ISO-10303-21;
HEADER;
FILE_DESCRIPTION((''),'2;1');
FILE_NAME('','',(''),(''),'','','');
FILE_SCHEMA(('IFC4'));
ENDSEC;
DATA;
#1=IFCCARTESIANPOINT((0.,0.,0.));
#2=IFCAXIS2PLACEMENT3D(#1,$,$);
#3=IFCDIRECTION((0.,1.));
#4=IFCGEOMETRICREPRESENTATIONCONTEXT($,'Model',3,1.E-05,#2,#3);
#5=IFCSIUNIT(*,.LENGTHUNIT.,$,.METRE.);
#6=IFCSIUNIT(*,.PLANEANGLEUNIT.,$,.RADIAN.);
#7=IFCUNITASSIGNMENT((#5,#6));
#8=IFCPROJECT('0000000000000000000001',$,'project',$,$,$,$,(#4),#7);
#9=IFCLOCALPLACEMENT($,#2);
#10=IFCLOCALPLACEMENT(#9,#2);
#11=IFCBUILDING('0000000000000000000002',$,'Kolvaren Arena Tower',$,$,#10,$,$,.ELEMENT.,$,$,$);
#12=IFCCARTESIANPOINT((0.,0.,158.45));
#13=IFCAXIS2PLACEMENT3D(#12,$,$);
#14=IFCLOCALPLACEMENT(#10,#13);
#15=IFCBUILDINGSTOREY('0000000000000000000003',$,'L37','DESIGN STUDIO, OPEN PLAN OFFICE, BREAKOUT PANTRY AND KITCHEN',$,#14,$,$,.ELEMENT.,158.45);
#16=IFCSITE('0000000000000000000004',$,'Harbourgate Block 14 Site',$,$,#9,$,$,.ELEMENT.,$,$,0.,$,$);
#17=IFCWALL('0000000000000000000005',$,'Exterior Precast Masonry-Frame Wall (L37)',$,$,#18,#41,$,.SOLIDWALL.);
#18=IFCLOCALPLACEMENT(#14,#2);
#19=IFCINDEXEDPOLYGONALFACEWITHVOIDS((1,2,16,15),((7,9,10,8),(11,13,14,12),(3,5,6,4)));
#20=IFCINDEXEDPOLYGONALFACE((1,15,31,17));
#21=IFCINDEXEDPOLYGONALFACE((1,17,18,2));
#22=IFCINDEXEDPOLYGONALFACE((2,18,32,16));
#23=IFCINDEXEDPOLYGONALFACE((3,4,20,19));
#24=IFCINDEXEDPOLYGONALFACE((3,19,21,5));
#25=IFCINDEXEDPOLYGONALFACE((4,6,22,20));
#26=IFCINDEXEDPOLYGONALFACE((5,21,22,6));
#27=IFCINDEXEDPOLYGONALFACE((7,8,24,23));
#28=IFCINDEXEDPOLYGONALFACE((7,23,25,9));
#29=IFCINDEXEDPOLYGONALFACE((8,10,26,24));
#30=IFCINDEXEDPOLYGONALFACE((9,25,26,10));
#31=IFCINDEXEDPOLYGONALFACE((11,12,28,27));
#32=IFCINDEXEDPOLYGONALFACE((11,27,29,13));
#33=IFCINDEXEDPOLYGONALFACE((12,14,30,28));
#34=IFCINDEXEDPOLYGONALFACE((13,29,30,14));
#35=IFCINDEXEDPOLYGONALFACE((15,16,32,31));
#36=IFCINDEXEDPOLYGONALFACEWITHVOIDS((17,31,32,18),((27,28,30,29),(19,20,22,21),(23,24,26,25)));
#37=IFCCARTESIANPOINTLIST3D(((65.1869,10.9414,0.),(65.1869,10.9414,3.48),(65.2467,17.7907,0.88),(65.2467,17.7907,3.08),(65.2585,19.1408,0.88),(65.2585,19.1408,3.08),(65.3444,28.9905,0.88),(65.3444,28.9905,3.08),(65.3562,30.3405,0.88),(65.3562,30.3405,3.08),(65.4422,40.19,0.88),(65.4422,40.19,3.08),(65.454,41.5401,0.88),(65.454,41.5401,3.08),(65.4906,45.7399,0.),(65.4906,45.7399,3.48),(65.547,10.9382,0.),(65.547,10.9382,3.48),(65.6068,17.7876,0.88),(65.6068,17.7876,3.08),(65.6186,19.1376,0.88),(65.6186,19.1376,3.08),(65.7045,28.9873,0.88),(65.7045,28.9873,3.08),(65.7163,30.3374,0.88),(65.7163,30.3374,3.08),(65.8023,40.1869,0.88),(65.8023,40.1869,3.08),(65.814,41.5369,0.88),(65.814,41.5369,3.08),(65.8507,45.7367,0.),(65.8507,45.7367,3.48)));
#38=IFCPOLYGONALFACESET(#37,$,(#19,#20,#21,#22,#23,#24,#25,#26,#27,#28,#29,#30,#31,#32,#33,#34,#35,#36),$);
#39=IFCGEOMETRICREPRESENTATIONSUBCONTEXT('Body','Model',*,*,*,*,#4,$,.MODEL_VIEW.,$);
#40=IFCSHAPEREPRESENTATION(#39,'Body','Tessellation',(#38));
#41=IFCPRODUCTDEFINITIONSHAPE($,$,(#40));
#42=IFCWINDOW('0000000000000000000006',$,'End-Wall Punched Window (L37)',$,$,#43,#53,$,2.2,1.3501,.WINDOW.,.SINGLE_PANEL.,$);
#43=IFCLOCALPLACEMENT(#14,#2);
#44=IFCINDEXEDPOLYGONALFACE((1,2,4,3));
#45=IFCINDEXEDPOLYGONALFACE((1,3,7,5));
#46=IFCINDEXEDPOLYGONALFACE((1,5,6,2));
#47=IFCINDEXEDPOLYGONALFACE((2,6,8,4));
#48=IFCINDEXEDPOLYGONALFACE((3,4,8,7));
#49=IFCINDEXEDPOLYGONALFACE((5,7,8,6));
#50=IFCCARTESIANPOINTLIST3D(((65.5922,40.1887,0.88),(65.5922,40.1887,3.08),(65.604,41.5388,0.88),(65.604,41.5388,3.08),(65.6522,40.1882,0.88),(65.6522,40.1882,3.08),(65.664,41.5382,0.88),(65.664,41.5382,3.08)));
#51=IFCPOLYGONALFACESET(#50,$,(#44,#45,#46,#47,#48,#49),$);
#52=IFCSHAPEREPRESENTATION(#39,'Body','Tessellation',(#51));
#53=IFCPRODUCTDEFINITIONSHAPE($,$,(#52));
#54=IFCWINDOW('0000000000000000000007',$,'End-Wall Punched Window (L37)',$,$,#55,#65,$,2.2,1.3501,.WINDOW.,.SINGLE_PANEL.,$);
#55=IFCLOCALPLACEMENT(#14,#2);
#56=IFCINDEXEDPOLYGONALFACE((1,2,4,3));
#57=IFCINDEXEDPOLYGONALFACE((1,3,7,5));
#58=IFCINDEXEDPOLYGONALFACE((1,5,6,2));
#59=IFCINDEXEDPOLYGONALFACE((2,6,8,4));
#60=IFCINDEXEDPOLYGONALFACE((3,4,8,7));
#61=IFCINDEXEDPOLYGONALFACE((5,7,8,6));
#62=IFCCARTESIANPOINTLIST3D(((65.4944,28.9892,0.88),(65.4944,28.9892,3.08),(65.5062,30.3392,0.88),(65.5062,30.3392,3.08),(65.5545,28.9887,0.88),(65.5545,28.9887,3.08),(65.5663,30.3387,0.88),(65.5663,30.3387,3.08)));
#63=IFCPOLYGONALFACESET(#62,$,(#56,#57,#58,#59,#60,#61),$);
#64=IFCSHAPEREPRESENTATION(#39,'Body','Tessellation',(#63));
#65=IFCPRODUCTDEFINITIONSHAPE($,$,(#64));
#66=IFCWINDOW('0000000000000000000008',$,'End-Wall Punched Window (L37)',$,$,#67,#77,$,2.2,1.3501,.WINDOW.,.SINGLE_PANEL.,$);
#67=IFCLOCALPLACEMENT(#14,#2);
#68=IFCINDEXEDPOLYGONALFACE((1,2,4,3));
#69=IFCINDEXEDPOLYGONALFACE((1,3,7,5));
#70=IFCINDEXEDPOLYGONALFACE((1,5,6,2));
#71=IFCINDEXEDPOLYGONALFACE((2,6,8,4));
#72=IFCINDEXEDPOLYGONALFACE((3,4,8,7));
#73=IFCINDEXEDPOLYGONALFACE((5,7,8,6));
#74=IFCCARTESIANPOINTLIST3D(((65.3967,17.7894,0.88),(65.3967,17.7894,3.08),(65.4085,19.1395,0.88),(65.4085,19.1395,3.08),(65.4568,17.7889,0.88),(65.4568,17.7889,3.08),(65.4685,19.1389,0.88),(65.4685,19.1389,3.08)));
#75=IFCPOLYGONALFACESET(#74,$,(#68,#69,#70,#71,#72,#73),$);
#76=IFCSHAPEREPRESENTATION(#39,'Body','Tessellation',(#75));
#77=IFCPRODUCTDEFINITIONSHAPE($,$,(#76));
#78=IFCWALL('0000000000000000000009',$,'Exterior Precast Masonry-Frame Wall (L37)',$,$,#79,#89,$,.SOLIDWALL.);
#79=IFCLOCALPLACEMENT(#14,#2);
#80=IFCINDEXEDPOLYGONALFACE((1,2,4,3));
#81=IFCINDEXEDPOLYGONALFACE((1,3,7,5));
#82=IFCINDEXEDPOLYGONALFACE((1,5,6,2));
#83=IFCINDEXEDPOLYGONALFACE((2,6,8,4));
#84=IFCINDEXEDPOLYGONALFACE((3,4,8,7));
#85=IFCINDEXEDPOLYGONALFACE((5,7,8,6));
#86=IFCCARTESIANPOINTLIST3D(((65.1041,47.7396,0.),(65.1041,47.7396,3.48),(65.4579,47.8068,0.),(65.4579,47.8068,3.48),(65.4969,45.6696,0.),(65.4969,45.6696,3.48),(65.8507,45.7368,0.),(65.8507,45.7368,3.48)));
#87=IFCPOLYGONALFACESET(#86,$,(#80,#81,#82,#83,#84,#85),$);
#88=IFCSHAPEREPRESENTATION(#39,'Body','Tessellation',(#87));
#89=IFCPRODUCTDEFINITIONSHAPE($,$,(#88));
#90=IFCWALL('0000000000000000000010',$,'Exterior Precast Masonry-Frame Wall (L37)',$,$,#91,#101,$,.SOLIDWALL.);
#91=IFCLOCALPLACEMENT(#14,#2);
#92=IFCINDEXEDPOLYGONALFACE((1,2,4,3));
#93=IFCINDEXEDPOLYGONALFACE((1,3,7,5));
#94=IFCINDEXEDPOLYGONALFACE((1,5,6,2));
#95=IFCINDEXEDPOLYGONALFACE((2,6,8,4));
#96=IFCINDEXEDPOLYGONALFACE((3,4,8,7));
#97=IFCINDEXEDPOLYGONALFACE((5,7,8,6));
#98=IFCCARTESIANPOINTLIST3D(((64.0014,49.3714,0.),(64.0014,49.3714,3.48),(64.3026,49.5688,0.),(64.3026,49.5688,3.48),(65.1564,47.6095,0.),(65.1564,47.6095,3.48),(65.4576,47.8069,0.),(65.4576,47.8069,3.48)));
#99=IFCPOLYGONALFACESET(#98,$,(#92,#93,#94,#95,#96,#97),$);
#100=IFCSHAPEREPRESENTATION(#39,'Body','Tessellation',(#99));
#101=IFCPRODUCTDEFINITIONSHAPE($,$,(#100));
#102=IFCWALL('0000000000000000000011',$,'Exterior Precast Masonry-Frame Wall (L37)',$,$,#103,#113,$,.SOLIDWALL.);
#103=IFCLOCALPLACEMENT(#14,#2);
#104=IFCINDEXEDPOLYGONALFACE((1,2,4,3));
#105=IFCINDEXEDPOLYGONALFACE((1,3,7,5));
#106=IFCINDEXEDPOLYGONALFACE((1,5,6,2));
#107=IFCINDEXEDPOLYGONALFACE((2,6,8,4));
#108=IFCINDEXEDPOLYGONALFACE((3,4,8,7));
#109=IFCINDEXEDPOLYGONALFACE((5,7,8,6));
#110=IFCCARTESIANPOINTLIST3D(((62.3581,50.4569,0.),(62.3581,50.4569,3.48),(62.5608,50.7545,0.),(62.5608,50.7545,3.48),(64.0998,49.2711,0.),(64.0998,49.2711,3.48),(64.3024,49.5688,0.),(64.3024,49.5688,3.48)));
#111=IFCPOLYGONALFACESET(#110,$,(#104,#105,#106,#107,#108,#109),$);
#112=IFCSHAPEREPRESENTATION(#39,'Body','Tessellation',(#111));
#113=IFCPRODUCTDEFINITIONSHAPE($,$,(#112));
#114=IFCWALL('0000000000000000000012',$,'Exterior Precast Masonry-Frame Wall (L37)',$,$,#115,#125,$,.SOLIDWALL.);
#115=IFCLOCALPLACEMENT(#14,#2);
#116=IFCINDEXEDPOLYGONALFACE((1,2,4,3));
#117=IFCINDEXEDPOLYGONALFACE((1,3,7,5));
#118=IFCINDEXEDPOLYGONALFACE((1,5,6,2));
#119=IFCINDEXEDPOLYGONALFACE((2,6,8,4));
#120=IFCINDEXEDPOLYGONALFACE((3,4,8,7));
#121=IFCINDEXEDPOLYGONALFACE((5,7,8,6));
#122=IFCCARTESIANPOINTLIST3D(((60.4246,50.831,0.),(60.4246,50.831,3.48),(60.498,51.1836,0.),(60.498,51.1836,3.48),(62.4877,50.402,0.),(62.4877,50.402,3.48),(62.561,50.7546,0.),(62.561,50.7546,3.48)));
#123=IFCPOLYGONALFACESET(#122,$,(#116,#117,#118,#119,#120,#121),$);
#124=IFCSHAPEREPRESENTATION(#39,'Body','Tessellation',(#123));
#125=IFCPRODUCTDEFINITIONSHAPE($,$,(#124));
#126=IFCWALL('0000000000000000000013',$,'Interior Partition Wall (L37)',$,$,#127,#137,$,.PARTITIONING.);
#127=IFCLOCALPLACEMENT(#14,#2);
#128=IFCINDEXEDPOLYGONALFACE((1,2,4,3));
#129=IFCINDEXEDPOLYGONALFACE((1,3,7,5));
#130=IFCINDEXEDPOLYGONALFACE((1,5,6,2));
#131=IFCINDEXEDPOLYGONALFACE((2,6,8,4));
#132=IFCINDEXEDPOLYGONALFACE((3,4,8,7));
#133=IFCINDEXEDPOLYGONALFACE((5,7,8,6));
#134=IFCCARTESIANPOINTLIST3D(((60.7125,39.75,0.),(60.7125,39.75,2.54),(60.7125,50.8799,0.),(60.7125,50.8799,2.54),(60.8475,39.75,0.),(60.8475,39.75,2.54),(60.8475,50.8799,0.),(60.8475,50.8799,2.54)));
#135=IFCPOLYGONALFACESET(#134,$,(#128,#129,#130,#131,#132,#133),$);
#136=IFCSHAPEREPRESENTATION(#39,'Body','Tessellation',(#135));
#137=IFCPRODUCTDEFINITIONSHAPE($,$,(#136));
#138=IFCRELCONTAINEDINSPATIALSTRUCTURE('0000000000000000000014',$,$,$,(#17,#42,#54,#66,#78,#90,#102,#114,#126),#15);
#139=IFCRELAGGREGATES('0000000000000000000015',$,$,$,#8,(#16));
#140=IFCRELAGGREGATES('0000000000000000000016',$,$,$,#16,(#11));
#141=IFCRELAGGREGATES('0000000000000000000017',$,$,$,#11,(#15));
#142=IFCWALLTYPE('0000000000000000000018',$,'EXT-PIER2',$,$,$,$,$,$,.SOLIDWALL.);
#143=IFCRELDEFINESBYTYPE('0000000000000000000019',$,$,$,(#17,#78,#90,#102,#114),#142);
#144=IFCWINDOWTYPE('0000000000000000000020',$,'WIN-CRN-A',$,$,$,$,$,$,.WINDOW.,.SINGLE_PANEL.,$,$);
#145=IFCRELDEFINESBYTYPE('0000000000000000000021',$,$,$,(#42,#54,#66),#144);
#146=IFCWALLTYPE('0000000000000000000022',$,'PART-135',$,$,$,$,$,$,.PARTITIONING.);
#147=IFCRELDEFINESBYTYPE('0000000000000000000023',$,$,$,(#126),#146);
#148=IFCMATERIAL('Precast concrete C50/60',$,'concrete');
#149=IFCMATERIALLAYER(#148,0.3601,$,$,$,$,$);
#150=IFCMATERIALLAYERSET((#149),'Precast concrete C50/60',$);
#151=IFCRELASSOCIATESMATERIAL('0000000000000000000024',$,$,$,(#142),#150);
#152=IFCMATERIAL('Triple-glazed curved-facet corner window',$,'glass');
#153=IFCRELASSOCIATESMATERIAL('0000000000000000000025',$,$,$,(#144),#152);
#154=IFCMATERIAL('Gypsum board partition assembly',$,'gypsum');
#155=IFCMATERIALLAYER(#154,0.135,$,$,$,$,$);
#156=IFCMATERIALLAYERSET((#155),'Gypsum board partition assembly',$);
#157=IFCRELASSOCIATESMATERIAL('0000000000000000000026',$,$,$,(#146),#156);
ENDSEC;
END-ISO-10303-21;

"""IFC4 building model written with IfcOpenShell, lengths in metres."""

from ifc_helpers import new_model, si_unit, direction, frame, frame_2d, origin, place, context, subcontext, project, spatial, rectangle, extrude, material, layer, layer_set, type_object, element, fill, save


model = new_model("IFC4")

# Units and contexts
model_context = context("Model", 3, precision=1e-05, world=origin(), true_north=direction((0.0, 1.0)))
body_context = subcontext(model_context, "Body", "Model", "MODEL_VIEW")
ifc_project = project(units=[si_unit("LENGTHUNIT", "METRE"), si_unit("PLANEANGLEUNIT", "RADIAN")], contexts=[model_context])

# Site, building, storey
site_placement = place(None, origin())
site = spatial("IfcSite", under=ifc_project, at=site_placement, Name="Harbourgate Block 14 Site", CompositionType="ELEMENT", RefElevation=0.0)
building_placement = place(site_placement, origin())
building = spatial("IfcBuilding", under=site, at=building_placement, Name="Kolvaren Arena Tower", CompositionType="ELEMENT")
storey_placement = place(building_placement, frame((0.0, 0.0, 158.45)))
storey = spatial("IfcBuildingStorey", under=building, at=storey_placement, Name="L37", Description="DESIGN STUDIO, OPEN PLAN OFFICE, BREAKOUT PANTRY AND KITCHEN", CompositionType="ELEMENT", Elevation=158.45)

# Wall, openings, windows
ifc_material_1 = material(Name="Precast concrete C50/60", Category="concrete")
ifc_layer_1 = layer(ifc_material_1, 0.3601)
ifc_layer_set_1 = layer_set([ifc_layer_1], Name="Precast concrete C50/60")
wall_type_1 = type_object("IfcWallType", Name="EXT-PIER2", PredefinedType="SOLIDWALL", material=ifc_layer_set_1)
wall_1_placement = place(storey_placement, frame((65.6707, 45.7383, 0.0), z_axis=(0.0, 0.0, 1.0), x_axis=(-0.008727, -0.999962, 0.0)))
wall_1 = element("IfcWall", 1, at=wall_1_placement, inside=storey, type_object=wall_type_1, Name="Exterior Precast Masonry-Frame Wall (L37)", PredefinedType="SOLIDWALL", context=body_context, shape_type="SweptSolid", body=[
    extrude(rectangle(XDim=34.7998, YDim=0.3601, at=frame_2d((17.3999, 0.0))), origin(), (0.0, 0.0, 1.0), 3.48),
])
opening_1_placement = place(wall_1_placement, frame((4.2, 0.0, 0.8799)))
opening_1 = element("IfcOpeningElement", 2, at=opening_1_placement, cuts=wall_1, PredefinedType="OPENING", context=body_context, shape_type="SweptSolid", body=[
    extrude(rectangle(XDim=1.3501, YDim=2.2, at=frame_2d((0.675, 1.1001))), frame((0.0, 0.1899, 0.0), z_axis=(0.0, -1.0, 0.0), x_axis=(1.0, 0.0, 0.0)), (0.0, 0.0, 1.0), 0.3801),
])
opening_2_placement = place(wall_1_placement, frame((15.3999, 0.0, 0.8799)))
opening_2 = element("IfcOpeningElement", 3, at=opening_2_placement, cuts=wall_1, PredefinedType="OPENING", context=body_context, shape_type="SweptSolid", body=[
    extrude(rectangle(XDim=1.3501, YDim=2.2, at=frame_2d((0.675, 1.1001))), frame((0.0, 0.1899, 0.0), z_axis=(0.0, -1.0, 0.0), x_axis=(1.0, 0.0, 0.0)), (0.0, 0.0, 1.0), 0.3801),
])
opening_3_placement = place(wall_1_placement, frame((26.6001, 0.0, 0.8799)))
opening_3 = element("IfcOpeningElement", 4, at=opening_3_placement, cuts=wall_1, PredefinedType="OPENING", context=body_context, shape_type="SweptSolid", body=[
    extrude(rectangle(XDim=1.3501, YDim=2.2, at=frame_2d((0.675, 1.1001))), frame((0.0, 0.1899, 0.0), z_axis=(0.0, -1.0, 0.0), x_axis=(1.0, 0.0, 0.0)), (0.0, 0.0, 1.0), 0.3801),
])
ifc_material_2 = material(Name="Triple-glazed curved-facet corner window", Category="glass")
window_type = type_object("IfcWindowType", Name="WIN-CRN-A", PartitioningType="SINGLE_PANEL", PredefinedType="WINDOW", material=ifc_material_2)
window_1_placement = place(opening_1_placement, origin())
window_1 = element("IfcWindow", 5, at=window_1_placement, inside=storey, type_object=window_type, Name="End-Wall Punched Window (L37)", OverallHeight=2.2, OverallWidth=1.3501, PartitioningType="SINGLE_PANEL", PredefinedType="WINDOW", context=body_context, shape_type="SweptSolid", body=[
    extrude(rectangle(XDim=1.3501, YDim=2.2, at=frame_2d((0.675, 1.1001))), frame((0.0, 0.03, 0.0), z_axis=(0.0, -1.0, 0.0), x_axis=(1.0, 0.0, 0.0)), (0.0, 0.0, 1.0), 0.0601),
])
fill(opening_1, window_1)
window_2_placement = place(opening_2_placement, origin())
window_2 = element("IfcWindow", 6, at=window_2_placement, inside=storey, type_object=window_type, Name="End-Wall Punched Window (L37)", OverallHeight=2.2, OverallWidth=1.3501, PartitioningType="SINGLE_PANEL", PredefinedType="WINDOW", context=body_context, shape_type="SweptSolid", body=[
    extrude(rectangle(XDim=1.3501, YDim=2.2, at=frame_2d((0.675, 1.1001))), frame((0.0, 0.03, 0.0), z_axis=(0.0, -1.0, 0.0), x_axis=(1.0, 0.0, 0.0)), (0.0, 0.0, 1.0), 0.0601),
])
fill(opening_2, window_2)
window_3_placement = place(opening_3_placement, origin())
window_3 = element("IfcWindow", 7, at=window_3_placement, inside=storey, type_object=window_type, Name="End-Wall Punched Window (L37)", OverallHeight=2.2, OverallWidth=1.3501, PartitioningType="SINGLE_PANEL", PredefinedType="WINDOW", context=body_context, shape_type="SweptSolid", body=[
    extrude(rectangle(XDim=1.3501, YDim=2.2, at=frame_2d((0.675, 1.1001))), frame((0.0, 0.03, 0.0), z_axis=(0.0, -1.0, 0.0), x_axis=(1.0, 0.0, 0.0)), (0.0, 0.0, 1.0), 0.0601),
])
fill(opening_3, window_3)

# Walls
wall_2_placement = place(storey_placement, frame((65.281, 47.7732, 0.0), z_axis=(0.0, 0.0, 1.0), x_axis=(0.186436, -0.982467, 0.0)))
element("IfcWall", 8, at=wall_2_placement, inside=storey, type_object=wall_type_1, Name="Exterior Precast Masonry-Frame Wall (L37)", PredefinedType="SOLIDWALL", context=body_context, shape_type="SweptSolid", body=[
    extrude(rectangle(XDim=2.1069, YDim=0.3601, at=frame_2d((1.0535, 0.0))), origin(), (0.0, 0.0, 1.0), 3.48),
])
wall_3_placement = place(storey_placement, frame((64.1521, 49.47, 0.0), z_axis=(0.0, 0.0, 1.0), x_axis=(0.548239, -0.836322, 0.0)))
element("IfcWall", 9, at=wall_3_placement, inside=storey, type_object=wall_type_1, Name="Exterior Precast Masonry-Frame Wall (L37)", PredefinedType="SOLIDWALL", context=body_context, shape_type="SweptSolid", body=[
    extrude(rectangle(XDim=2.1067, YDim=0.3601, at=frame_2d((1.0532, 0.0))), origin(), (0.0, 0.0, 1.0), 3.48),
])
wall_4_placement = place(storey_placement, frame((62.4595, 50.6057, 0.0), z_axis=(0.0, 0.0, 1.0), x_axis=(0.82661, -0.562776, 0.0)))
element("IfcWall", 10, at=wall_4_placement, inside=storey, type_object=wall_type_1, Name="Exterior Precast Masonry-Frame Wall (L37)", PredefinedType="SOLIDWALL", context=body_context, shape_type="SweptSolid", body=[
    extrude(rectangle(XDim=2.1069, YDim=0.3601, at=frame_2d((1.0535, 0.0))), origin(), (0.0, 0.0, 1.0), 3.48),
])
wall_5_placement = place(storey_placement, frame((60.4612, 51.0073, 0.0), z_axis=(0.0, 0.0, 1.0), x_axis=(0.979059, -0.203575, 0.0)))
element("IfcWall", 11, at=wall_5_placement, inside=storey, type_object=wall_type_1, Name="Exterior Precast Masonry-Frame Wall (L37)", PredefinedType="SOLIDWALL", context=body_context, shape_type="SweptSolid", body=[
    extrude(rectangle(XDim=2.1072, YDim=0.3601, at=frame_2d((1.0537, 0.0))), origin(), (0.0, 0.0, 1.0), 3.48),
])
ifc_material_3 = material(Name="Gypsum board partition assembly", Category="gypsum")
ifc_layer_2 = layer(ifc_material_3, 0.135)
ifc_layer_set_2 = layer_set([ifc_layer_2], Name="Gypsum board partition assembly")
wall_type_2 = type_object("IfcWallType", Name="PART-135", PredefinedType="PARTITIONING", material=ifc_layer_set_2)
wall_6_placement = place(storey_placement, frame((60.78, 39.75, 0.0), z_axis=(0.0, 0.0, 1.0), x_axis=(0.0, 1.0, 0.0)))
element("IfcWall", 12, at=wall_6_placement, inside=storey, type_object=wall_type_2, Name="Interior Partition Wall (L37)", PredefinedType="PARTITIONING", context=body_context, shape_type="SweptSolid", body=[
    extrude(rectangle(XDim=11.1299, YDim=0.135, at=frame_2d((5.5649, 0.0))), origin(), (0.0, 0.0, 1.0), 2.54),
])

save(model, "model.ifc")
